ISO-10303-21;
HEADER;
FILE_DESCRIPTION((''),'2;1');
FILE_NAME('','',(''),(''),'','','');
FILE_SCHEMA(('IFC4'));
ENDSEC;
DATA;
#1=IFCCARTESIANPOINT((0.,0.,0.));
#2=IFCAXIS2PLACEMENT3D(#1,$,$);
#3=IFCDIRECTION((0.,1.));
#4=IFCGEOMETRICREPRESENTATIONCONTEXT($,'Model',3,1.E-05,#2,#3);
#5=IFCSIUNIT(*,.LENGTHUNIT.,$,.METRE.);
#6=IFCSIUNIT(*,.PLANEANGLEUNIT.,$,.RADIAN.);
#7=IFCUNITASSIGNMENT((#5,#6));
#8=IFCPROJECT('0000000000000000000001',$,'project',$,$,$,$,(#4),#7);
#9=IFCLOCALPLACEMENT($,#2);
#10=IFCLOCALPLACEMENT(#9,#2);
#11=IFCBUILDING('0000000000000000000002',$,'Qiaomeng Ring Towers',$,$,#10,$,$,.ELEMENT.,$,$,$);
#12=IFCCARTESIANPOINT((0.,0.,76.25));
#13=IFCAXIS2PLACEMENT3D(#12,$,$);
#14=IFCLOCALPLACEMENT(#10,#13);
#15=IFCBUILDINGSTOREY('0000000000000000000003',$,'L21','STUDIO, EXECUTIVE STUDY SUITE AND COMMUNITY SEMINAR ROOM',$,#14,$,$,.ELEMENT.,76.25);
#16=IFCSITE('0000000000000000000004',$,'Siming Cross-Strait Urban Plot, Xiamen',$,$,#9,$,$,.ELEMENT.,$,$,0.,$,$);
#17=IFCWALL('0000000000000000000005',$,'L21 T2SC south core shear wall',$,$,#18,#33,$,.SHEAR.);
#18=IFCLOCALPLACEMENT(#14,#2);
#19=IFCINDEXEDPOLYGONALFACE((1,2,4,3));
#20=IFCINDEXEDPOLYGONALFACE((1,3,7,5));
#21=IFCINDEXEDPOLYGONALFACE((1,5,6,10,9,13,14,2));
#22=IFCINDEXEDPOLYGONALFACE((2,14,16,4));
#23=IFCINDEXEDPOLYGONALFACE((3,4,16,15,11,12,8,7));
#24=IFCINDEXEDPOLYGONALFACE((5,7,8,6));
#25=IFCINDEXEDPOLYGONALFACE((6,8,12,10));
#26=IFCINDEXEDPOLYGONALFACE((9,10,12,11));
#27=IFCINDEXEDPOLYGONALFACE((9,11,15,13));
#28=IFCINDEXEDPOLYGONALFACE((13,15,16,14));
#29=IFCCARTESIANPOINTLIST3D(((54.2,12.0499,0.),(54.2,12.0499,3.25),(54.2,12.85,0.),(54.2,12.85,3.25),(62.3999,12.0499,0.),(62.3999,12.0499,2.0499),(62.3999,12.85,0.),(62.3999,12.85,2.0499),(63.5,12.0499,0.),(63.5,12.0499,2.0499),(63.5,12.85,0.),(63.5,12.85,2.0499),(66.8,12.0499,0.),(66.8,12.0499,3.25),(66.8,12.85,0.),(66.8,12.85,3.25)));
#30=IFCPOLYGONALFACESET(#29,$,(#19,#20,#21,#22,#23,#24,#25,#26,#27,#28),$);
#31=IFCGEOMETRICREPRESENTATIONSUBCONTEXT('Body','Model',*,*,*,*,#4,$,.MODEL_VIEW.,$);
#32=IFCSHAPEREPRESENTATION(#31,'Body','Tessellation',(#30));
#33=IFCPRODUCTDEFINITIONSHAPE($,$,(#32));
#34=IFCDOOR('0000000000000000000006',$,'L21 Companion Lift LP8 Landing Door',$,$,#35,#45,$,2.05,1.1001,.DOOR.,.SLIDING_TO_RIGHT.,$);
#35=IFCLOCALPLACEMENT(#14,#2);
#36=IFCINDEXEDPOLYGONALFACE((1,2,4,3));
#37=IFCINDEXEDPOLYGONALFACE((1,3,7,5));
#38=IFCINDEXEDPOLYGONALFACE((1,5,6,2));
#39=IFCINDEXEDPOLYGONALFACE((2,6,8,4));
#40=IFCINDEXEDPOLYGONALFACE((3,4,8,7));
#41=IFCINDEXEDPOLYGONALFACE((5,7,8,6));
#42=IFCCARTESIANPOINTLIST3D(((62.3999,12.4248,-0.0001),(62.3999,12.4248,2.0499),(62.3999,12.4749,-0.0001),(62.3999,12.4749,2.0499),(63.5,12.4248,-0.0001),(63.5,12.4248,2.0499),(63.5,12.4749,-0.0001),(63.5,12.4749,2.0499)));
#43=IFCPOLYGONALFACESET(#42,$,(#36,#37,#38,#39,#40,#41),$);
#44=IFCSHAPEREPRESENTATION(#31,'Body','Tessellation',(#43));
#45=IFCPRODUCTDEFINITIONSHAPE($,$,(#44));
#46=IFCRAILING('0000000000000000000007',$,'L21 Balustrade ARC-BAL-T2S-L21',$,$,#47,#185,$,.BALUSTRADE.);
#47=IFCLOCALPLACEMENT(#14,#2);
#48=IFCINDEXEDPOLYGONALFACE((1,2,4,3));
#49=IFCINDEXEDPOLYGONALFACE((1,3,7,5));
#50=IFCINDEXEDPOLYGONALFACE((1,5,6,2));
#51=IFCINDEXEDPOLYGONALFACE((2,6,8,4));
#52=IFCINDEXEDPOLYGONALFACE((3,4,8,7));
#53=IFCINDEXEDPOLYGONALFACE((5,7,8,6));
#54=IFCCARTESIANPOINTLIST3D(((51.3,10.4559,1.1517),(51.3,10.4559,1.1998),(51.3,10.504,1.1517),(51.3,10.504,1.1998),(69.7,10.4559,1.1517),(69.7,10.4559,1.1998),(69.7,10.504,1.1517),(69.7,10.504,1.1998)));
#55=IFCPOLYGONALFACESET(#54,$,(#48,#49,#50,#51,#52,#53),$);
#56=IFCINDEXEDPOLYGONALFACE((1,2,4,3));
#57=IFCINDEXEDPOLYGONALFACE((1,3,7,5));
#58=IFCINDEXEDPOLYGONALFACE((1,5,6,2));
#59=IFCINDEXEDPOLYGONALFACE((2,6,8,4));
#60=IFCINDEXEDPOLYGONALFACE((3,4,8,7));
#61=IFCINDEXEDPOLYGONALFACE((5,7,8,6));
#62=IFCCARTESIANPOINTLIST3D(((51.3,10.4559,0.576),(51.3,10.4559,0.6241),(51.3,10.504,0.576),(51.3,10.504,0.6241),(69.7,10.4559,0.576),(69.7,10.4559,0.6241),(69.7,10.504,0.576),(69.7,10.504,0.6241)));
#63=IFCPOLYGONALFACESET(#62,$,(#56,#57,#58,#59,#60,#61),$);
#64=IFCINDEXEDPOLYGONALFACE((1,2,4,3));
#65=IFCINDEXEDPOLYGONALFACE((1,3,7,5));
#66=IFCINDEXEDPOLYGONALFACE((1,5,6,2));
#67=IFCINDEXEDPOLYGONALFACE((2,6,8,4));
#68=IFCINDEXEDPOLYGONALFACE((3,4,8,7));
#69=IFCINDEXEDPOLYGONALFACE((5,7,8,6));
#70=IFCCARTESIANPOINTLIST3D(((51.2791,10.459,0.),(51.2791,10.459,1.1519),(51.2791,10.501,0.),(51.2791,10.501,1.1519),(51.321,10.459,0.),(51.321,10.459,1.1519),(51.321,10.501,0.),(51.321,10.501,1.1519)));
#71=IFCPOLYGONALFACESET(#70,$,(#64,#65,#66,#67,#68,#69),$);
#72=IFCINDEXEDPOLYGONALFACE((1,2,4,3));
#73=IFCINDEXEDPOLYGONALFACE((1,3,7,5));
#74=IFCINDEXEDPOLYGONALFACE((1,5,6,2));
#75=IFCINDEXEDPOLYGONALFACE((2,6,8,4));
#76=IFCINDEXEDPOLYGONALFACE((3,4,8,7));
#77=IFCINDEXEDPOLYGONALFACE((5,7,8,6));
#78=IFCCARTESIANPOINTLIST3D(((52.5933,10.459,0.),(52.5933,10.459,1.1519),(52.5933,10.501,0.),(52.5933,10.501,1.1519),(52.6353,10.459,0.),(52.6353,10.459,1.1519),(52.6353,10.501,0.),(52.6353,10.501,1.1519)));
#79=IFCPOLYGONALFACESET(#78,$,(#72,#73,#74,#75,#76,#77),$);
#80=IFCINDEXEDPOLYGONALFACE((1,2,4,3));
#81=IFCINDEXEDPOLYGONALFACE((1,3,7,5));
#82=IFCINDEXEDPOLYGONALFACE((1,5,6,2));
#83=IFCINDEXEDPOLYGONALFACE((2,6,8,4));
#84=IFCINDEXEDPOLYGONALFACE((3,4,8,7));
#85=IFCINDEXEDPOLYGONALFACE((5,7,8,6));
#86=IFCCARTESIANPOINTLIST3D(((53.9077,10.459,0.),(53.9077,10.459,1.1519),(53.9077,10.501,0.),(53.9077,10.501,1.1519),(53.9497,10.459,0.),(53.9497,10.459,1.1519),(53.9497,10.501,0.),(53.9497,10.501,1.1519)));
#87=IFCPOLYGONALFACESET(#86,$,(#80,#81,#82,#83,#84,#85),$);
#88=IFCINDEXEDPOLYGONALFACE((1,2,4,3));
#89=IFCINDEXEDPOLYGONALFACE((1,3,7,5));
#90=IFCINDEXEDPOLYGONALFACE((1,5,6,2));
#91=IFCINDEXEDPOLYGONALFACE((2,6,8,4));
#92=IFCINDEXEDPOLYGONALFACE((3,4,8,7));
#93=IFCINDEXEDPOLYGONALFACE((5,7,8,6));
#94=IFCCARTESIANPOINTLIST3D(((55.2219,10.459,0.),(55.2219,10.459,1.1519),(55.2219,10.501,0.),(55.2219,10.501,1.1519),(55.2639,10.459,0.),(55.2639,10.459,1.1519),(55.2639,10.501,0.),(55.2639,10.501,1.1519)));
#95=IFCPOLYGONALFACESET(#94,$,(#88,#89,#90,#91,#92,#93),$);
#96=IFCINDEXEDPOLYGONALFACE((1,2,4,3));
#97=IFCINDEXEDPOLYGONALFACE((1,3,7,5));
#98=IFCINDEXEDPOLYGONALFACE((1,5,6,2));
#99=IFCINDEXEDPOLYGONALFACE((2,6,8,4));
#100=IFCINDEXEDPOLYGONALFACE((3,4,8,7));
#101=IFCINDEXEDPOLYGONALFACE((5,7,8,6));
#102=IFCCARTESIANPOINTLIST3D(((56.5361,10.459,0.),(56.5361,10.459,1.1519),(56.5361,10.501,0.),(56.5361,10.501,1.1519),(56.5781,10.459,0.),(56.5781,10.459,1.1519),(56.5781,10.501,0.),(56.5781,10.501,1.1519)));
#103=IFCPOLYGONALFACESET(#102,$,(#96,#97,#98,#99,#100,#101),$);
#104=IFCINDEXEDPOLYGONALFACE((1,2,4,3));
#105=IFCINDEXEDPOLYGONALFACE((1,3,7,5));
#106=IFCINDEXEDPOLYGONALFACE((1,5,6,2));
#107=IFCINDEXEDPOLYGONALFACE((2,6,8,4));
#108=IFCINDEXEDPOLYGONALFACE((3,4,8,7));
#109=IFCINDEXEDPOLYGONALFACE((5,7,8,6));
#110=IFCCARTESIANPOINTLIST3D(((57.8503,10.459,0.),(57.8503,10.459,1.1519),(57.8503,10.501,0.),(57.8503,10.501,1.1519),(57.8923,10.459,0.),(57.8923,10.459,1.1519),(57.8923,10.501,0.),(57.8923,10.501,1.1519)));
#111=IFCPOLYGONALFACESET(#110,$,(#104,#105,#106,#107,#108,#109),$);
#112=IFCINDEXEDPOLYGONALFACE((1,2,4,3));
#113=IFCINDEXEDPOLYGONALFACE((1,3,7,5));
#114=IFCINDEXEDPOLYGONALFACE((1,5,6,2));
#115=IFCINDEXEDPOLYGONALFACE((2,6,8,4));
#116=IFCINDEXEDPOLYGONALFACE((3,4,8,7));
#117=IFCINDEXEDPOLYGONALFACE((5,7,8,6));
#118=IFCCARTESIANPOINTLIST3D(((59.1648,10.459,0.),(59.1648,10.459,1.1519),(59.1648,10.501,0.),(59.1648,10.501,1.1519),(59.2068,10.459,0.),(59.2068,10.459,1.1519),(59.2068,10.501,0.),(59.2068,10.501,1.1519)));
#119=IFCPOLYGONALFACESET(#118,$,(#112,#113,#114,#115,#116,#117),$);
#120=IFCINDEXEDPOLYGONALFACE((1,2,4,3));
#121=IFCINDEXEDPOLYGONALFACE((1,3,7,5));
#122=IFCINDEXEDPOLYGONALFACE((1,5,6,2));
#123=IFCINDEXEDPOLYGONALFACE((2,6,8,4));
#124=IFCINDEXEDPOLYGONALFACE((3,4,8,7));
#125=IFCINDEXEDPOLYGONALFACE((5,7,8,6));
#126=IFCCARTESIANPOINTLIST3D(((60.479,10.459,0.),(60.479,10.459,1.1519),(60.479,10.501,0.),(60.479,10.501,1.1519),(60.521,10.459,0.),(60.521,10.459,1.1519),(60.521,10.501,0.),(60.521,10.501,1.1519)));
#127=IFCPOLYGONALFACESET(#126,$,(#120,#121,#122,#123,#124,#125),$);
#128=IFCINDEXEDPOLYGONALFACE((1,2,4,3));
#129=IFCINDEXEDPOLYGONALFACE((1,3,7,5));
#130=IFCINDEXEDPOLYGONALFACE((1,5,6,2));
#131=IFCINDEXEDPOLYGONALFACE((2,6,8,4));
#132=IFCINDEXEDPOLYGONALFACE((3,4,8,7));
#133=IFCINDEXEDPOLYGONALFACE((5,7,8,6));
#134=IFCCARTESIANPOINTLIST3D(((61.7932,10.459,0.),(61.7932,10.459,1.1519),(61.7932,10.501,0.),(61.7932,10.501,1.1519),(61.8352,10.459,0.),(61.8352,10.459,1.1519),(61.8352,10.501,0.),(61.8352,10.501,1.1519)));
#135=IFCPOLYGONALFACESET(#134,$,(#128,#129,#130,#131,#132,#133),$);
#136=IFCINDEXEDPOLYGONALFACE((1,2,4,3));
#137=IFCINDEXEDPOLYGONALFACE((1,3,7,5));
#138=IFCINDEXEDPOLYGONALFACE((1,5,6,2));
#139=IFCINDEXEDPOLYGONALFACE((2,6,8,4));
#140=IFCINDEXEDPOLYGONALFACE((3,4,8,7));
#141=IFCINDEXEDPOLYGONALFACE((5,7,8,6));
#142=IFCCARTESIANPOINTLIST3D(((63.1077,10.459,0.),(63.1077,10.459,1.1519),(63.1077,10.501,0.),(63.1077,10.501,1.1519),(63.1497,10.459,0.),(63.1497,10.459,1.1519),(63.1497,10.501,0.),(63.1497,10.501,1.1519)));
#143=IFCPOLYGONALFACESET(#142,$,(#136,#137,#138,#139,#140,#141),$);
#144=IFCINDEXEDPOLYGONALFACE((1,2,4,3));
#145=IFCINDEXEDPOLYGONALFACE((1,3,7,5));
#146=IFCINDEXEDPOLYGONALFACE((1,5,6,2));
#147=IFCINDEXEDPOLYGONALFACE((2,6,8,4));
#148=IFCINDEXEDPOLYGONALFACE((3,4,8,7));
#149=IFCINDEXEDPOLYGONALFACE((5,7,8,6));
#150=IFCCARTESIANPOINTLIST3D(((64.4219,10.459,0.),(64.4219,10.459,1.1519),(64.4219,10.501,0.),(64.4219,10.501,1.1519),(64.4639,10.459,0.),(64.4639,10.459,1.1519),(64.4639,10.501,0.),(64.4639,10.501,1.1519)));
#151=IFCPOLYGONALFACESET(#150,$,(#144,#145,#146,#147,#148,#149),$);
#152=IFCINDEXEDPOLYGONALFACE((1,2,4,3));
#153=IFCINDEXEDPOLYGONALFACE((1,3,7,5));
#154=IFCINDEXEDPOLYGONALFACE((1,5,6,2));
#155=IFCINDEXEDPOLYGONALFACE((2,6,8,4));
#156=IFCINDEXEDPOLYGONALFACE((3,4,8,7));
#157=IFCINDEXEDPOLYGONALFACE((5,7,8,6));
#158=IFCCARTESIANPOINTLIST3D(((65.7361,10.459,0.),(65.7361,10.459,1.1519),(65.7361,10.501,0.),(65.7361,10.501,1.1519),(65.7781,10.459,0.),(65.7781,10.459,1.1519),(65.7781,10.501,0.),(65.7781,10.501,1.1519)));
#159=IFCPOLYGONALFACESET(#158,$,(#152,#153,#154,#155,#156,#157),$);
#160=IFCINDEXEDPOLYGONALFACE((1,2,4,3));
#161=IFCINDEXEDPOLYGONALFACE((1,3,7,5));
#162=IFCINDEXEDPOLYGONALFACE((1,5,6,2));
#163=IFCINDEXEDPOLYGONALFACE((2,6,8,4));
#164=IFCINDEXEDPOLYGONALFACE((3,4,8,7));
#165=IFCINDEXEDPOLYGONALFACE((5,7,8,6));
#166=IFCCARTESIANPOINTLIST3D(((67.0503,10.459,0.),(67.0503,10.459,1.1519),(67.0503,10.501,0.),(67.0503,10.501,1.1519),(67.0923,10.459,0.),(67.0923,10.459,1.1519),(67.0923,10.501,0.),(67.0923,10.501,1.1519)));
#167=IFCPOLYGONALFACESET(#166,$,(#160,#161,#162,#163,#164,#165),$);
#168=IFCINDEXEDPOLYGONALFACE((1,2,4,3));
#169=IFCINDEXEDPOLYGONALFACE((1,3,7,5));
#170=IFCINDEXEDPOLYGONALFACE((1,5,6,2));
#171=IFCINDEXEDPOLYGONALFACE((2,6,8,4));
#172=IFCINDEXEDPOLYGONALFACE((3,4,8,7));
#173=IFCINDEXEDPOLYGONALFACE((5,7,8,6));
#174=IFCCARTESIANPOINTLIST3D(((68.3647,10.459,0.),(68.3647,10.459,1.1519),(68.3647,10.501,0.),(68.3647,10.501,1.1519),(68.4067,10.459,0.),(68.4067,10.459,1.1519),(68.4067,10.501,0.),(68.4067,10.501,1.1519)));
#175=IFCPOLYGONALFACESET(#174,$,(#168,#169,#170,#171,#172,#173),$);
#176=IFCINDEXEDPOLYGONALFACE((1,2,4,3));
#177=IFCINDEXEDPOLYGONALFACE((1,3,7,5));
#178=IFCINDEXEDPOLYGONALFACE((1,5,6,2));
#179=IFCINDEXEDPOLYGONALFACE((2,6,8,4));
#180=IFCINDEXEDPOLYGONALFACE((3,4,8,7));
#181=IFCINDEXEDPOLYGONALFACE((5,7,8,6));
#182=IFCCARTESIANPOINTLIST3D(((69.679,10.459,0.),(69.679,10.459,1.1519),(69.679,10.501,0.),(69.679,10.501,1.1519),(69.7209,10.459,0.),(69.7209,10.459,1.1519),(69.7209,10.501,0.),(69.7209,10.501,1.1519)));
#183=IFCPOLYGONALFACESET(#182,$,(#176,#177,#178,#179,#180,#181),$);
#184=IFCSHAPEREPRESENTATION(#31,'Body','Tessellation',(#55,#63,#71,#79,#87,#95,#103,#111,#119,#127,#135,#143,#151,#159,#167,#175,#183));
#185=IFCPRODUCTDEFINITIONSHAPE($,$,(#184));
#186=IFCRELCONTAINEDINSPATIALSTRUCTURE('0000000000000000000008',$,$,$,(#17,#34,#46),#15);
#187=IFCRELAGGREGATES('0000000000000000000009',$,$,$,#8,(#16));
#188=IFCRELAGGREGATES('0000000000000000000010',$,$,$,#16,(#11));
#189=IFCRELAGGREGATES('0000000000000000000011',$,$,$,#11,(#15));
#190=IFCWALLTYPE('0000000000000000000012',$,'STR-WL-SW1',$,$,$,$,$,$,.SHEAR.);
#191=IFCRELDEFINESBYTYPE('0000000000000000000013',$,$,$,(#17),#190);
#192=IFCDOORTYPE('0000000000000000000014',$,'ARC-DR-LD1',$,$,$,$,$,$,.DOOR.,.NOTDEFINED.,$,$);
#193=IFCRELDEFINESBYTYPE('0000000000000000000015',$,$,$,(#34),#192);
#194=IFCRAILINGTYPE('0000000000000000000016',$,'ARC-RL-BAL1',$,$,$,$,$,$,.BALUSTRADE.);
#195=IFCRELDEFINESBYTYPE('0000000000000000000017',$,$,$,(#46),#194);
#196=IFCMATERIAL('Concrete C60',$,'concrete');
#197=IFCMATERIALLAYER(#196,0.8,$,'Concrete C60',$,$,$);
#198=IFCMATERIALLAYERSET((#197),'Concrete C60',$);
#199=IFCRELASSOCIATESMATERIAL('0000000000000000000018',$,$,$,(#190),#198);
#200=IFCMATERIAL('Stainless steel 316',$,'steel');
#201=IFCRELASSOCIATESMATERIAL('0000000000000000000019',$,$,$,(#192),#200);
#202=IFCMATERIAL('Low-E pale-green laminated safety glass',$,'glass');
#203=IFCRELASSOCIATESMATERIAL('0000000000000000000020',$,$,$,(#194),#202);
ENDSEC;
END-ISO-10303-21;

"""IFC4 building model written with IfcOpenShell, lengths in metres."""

from ifc_helpers import new_model, si_unit, direction, frame, frame_2d, origin, origin_2d, place, context, subcontext, project, spatial, rectangle, extrude, source, transform, mapped, material, layer, layer_set, type_object, element, fill, save


model = new_model("IFC4")

# Units and contexts
model_context = context("Model", 3, precision=1e-05, world=origin(), true_north=direction((0.0, 1.0)))
body_context = subcontext(model_context, "Body", "Model", "MODEL_VIEW")
ifc_project = project(units=[si_unit("LENGTHUNIT", "METRE"), si_unit("PLANEANGLEUNIT", "RADIAN")], contexts=[model_context])

# Site, building, storey
site_placement = place(None, origin())
site = spatial("IfcSite", under=ifc_project, at=site_placement, Name="Siming Cross-Strait Urban Plot, Xiamen", CompositionType="ELEMENT", RefElevation=0.0)
building_placement = place(site_placement, origin())
building = spatial("IfcBuilding", under=site, at=building_placement, Name="Qiaomeng Ring Towers", CompositionType="ELEMENT")
storey_placement = place(building_placement, frame((0.0, 0.0, 76.25)))
storey = spatial("IfcBuildingStorey", under=building, at=storey_placement, Name="L21", Description="STUDIO, EXECUTIVE STUDY SUITE AND COMMUNITY SEMINAR ROOM", CompositionType="ELEMENT", Elevation=76.25)

# Wall, opening, door
ifc_material_1 = material(Name="Concrete C60", Category="concrete")
ifc_layer_1 = layer(ifc_material_1, 0.8, Name="Concrete C60")
ifc_layer_set_1 = layer_set([ifc_layer_1], Name="Concrete C60")
wall_type_1 = type_object("IfcWallType", Name="STR-WL-SW1", PredefinedType="SHEAR", material=ifc_layer_set_1)
wall_1_placement = place(storey_placement, frame((54.2, 12.45, 0.0), z_axis=(0.0, 0.0, 1.0), x_axis=(1.0, 0.0, 0.0)))
wall_1 = element("IfcWall", 1, at=wall_1_placement, inside=storey, type_object=wall_type_1, Name="L21 T2SC south core shear wall", PredefinedType="SHEAR", context=body_context, shape_type="SweptSolid", body=[
    extrude(rectangle(XDim=12.6001, YDim=0.8, at=frame_2d((6.3, 0.0))), origin(), (0.0, 0.0, 1.0), 3.25),
])
opening_1_placement = place(wall_1_placement, frame((8.2, 0.0, 0.0)))
opening_1 = element("IfcOpeningElement", 2, at=opening_1_placement, cuts=wall_1, PredefinedType="OPENING", context=body_context, shape_type="SweptSolid", body=[
    extrude(rectangle(XDim=1.1001, YDim=2.05, at=frame_2d((0.55, 1.0249))), frame((0.0, 0.4099, 0.0), z_axis=(0.0, -1.0, 0.0), x_axis=(1.0, 0.0, 0.0)), (0.0, 0.0, 1.0), 0.8201),
])
ifc_material_2 = material(Name="Stainless steel 316", Category="steel")
door_type_1 = type_object("IfcDoorType", Name="ARC-DR-LD1", OperationType="NOTDEFINED", PredefinedType="DOOR", material=ifc_material_2)
shared_shape_1 = source(origin(), body_context, "Body", "SweptSolid", [
    extrude(rectangle(XDim=1.1001, YDim=2.05, at=frame_2d((0.55, 1.0249))), frame((0.0, 0.0249, 0.0), z_axis=(0.0, -1.0, 0.0), x_axis=(1.0, 0.0, 0.0)), (0.0, 0.0, 1.0), 0.05),
])
door_1_placement = place(opening_1_placement, origin())
door_1 = element("IfcDoor", 3, at=door_1_placement, inside=storey, type_object=door_type_1, Name="L21 Companion Lift LP8 Landing Door", OperationType="SLIDING_TO_RIGHT", OverallHeight=2.05, OverallWidth=1.1001, PredefinedType="DOOR", context=body_context, shape_type="MappedRepresentation", body=[
    mapped(shared_shape_1, transform((0.0, 0.0, 0.0), x_axis=(1.0, 0.0, 0.0), y_axis=(0.0, 1.0, 0.0), z_axis=(0.0, 0.0, 1.0), scale=1.0)),
])
fill(opening_1, door_1)

# Railing
ifc_material_3 = material(Name="Low-E pale-green laminated safety glass", Category="glass")
railing_type = type_object("IfcRailingType", Name="ARC-RL-BAL1", PredefinedType="BALUSTRADE", material=ifc_material_3)
railing_placement = place(storey_placement, frame((51.3, 10.48, 0.0)))
element("IfcRailing", 4, at=railing_placement, inside=storey, type_object=railing_type, Name="L21 Balustrade ARC-BAL-T2S-L21", PredefinedType="BALUSTRADE", context=body_context, shape_type="SweptSolid", body=[
    extrude(rectangle(XDim=0.0481, YDim=0.0481, at=origin_2d()), frame((0.0, 0.0, 1.1758), z_axis=(1.0, 0.0, 0.0), x_axis=(0.0, 1.0, 0.0)), (0.0, 0.0, 1.0), 18.3999),
    extrude(rectangle(XDim=0.0481, YDim=0.0481, at=origin_2d()), frame((0.0, 0.0, 0.6001), z_axis=(1.0, 0.0, 0.0), x_axis=(0.0, 1.0, 0.0)), (0.0, 0.0, 1.0), 18.3999),
    extrude(rectangle(XDim=0.042, YDim=0.042, at=origin_2d()), origin(), (0.0, 0.0, 1.0), 1.1519),
    extrude(rectangle(XDim=0.042, YDim=0.042, at=origin_2d()), frame((1.3142, 0.0, 0.0)), (0.0, 0.0, 1.0), 1.1519),
    extrude(rectangle(XDim=0.042, YDim=0.042, at=origin_2d()), frame((2.6287, 0.0, 0.0)), (0.0, 0.0, 1.0), 1.1519),
    extrude(rectangle(XDim=0.042, YDim=0.042, at=origin_2d()), frame((3.9429, 0.0, 0.0)), (0.0, 0.0, 1.0), 1.1519),
    extrude(rectangle(XDim=0.042, YDim=0.042, at=origin_2d()), frame((5.2571, 0.0, 0.0)), (0.0, 0.0, 1.0), 1.1519),
    extrude(rectangle(XDim=0.042, YDim=0.042, at=origin_2d()), frame((6.5713, 0.0, 0.0)), (0.0, 0.0, 1.0), 1.1519),
    extrude(rectangle(XDim=0.042, YDim=0.042, at=origin_2d()), frame((7.8857, 0.0, 0.0)), (0.0, 0.0, 1.0), 1.1519),
    extrude(rectangle(XDim=0.042, YDim=0.042, at=origin_2d()), frame((9.2, 0.0, 0.0)), (0.0, 0.0, 1.0), 1.1519),
    extrude(rectangle(XDim=0.042, YDim=0.042, at=origin_2d()), frame((10.5142, 0.0, 0.0)), (0.0, 0.0, 1.0), 1.1519),
    extrude(rectangle(XDim=0.042, YDim=0.042, at=origin_2d()), frame((11.8286, 0.0, 0.0)), (0.0, 0.0, 1.0), 1.1519),
    extrude(rectangle(XDim=0.042, YDim=0.042, at=origin_2d()), frame((13.1428, 0.0, 0.0)), (0.0, 0.0, 1.0), 1.1519),
    extrude(rectangle(XDim=0.042, YDim=0.042, at=origin_2d()), frame((14.457, 0.0, 0.0)), (0.0, 0.0, 1.0), 1.1519),
    extrude(rectangle(XDim=0.042, YDim=0.042, at=origin_2d()), frame((15.7712, 0.0, 0.0)), (0.0, 0.0, 1.0), 1.1519),
    extrude(rectangle(XDim=0.042, YDim=0.042, at=origin_2d()), frame((17.0857, 0.0, 0.0)), (0.0, 0.0, 1.0), 1.1519),
    extrude(rectangle(XDim=0.042, YDim=0.042, at=origin_2d()), frame((18.3999, 0.0, 0.0)), (0.0, 0.0, 1.0), 1.1519),
])

save(model, "model.ifc")
